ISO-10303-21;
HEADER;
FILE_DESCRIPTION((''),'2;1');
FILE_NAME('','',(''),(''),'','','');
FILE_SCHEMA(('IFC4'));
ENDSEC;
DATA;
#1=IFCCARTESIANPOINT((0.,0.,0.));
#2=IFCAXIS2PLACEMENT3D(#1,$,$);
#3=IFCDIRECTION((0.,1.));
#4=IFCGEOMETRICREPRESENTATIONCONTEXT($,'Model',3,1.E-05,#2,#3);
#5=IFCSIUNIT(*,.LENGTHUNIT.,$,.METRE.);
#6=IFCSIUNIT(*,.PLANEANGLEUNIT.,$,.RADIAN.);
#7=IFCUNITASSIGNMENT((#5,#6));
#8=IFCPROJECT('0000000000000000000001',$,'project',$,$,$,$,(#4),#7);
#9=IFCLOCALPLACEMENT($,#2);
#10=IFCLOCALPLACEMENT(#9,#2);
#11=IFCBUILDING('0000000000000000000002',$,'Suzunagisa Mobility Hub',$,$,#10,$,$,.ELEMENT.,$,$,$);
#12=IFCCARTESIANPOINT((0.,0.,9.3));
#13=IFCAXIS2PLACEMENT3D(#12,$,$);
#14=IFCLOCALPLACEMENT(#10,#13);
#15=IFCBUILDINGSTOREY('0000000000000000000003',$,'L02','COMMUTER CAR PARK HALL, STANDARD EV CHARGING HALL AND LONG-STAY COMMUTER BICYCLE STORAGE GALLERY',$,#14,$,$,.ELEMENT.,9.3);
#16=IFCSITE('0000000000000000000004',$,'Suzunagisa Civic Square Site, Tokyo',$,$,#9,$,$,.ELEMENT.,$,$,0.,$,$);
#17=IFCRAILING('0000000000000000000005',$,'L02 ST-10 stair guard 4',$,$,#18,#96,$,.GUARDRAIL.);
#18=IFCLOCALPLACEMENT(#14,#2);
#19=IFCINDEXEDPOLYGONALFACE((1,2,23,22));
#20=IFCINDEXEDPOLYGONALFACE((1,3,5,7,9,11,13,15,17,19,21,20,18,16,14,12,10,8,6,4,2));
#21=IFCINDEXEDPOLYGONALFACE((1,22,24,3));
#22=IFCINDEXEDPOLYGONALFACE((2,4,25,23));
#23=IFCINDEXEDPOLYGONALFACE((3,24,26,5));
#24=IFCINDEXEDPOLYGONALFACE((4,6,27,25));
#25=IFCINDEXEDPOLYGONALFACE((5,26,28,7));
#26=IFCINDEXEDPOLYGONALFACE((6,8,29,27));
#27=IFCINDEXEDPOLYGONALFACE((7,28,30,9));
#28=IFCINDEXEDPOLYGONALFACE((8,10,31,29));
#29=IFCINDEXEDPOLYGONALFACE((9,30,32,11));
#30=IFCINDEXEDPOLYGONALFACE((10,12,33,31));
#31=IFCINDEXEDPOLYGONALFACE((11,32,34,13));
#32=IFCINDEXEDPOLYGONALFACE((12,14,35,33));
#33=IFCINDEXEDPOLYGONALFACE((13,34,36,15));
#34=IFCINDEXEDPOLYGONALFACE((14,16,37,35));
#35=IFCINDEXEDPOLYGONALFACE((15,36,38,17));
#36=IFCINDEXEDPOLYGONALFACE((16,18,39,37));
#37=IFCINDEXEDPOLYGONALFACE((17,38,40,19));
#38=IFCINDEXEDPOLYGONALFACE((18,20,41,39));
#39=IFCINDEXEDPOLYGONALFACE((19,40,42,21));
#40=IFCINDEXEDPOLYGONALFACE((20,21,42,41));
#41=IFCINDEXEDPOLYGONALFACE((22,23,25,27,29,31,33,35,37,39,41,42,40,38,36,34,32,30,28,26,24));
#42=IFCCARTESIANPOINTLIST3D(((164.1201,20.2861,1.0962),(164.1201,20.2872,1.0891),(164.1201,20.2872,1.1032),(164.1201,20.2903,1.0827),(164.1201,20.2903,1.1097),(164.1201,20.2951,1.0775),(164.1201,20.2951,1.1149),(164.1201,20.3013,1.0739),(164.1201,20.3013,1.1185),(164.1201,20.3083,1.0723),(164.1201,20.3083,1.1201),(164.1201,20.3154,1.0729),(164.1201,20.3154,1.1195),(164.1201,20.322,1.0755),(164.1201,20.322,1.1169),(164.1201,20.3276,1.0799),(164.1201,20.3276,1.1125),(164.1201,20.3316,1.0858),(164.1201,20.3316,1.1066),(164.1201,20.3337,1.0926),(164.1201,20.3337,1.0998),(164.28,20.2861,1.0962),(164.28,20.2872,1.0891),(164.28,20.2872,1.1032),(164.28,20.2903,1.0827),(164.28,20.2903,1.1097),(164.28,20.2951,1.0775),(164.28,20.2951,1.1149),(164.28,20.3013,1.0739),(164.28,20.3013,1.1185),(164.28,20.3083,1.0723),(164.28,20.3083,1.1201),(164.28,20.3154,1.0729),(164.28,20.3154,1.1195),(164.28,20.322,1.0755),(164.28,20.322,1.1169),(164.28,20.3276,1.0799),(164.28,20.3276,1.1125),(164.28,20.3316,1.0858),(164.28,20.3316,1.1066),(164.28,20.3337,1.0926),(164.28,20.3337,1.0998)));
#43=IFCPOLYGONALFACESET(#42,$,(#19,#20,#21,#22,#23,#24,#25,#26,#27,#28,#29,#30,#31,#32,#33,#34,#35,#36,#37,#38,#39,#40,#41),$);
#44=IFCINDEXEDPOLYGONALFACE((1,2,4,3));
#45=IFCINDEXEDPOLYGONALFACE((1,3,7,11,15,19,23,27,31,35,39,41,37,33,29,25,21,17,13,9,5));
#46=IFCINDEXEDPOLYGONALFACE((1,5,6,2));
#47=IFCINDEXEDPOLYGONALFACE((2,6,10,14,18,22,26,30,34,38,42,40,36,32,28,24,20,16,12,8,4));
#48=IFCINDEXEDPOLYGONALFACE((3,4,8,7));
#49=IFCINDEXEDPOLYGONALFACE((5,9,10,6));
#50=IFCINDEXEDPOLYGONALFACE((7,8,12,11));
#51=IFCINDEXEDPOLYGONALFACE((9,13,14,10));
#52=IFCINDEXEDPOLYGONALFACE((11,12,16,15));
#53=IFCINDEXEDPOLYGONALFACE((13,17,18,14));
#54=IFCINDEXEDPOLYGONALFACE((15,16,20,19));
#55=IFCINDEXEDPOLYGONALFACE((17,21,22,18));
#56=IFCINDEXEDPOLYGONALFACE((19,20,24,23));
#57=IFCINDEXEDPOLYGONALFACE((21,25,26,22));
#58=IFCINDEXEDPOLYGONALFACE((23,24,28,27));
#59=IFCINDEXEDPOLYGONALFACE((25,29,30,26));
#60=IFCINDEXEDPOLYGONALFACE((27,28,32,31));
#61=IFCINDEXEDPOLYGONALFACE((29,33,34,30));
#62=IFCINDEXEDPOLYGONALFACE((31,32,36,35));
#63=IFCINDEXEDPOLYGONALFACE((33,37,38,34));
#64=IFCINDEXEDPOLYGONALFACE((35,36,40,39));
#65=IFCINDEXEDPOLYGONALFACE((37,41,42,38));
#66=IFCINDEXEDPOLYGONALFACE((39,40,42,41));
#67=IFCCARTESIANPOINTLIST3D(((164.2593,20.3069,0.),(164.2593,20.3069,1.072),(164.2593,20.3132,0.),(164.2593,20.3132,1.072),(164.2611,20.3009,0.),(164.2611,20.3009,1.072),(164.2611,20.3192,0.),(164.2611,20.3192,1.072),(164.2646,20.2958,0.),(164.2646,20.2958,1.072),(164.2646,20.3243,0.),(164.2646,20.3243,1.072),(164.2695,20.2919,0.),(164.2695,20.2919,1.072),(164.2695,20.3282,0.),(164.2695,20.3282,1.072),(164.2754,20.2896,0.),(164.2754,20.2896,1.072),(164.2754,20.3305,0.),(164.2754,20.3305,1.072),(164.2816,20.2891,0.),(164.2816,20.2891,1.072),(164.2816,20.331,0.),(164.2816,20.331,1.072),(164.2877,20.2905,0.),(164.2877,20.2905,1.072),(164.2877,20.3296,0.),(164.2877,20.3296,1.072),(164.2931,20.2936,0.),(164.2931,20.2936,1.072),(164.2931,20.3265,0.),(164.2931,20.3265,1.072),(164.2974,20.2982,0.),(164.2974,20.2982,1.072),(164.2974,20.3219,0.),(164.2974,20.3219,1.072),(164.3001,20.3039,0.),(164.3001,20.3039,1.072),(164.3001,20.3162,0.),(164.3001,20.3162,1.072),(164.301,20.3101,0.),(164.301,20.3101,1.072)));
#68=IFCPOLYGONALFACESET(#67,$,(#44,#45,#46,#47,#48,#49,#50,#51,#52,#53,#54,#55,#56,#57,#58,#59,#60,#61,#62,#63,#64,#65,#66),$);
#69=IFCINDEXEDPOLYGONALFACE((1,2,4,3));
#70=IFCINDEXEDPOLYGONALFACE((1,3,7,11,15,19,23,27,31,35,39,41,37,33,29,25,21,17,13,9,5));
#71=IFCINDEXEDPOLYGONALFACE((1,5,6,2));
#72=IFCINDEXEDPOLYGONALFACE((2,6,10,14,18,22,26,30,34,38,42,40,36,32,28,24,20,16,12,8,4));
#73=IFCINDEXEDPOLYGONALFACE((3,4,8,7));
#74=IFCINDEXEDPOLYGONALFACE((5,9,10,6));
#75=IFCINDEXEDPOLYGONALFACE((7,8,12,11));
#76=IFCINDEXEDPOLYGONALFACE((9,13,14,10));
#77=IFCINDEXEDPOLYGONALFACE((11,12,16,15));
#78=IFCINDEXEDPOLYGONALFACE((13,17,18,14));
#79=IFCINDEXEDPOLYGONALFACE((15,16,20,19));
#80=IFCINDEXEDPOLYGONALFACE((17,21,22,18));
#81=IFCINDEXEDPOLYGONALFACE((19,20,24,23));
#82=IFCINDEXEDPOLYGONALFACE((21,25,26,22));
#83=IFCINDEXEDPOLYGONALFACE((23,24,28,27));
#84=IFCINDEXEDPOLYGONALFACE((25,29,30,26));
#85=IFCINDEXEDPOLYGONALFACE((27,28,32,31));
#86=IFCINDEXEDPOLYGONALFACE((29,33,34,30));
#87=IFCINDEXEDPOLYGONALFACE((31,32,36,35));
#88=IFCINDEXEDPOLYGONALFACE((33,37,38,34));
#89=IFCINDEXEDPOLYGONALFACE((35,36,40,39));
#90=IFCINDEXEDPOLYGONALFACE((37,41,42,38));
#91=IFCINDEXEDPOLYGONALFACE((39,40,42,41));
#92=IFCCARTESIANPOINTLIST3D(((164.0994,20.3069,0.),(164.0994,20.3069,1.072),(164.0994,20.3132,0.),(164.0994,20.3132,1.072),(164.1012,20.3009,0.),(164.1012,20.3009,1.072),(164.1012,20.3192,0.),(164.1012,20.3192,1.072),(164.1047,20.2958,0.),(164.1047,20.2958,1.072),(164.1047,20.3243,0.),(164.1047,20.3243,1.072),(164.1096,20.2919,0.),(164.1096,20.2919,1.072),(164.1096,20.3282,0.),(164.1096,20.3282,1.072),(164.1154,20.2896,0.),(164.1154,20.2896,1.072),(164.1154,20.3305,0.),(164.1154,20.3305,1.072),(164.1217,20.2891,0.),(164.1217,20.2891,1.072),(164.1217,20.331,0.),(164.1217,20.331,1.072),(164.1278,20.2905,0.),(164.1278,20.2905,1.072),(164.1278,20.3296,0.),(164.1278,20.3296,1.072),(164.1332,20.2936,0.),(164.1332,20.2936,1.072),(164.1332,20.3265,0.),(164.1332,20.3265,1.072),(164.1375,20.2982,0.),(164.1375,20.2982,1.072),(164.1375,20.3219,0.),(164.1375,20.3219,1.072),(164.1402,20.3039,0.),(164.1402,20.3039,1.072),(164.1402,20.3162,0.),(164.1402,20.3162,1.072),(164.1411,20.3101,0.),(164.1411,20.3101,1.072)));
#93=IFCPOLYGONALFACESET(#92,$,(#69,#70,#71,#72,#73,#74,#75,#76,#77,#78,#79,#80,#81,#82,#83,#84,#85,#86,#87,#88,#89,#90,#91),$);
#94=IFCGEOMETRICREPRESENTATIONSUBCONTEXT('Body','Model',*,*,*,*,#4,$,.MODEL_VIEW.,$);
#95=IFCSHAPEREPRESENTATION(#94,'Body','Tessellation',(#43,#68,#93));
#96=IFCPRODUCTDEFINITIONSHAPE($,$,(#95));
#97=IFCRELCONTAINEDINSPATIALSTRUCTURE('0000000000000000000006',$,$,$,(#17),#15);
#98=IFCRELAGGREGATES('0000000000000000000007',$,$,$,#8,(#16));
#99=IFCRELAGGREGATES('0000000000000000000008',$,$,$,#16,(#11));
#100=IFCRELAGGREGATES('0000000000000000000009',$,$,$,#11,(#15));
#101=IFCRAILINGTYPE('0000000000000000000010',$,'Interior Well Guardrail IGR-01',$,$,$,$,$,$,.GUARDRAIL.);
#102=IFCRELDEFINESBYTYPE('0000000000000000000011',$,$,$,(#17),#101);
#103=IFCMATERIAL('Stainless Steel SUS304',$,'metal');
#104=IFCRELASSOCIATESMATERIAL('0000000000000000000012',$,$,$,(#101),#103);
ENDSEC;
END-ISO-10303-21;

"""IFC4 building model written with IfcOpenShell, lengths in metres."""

from ifc_helpers import new_model, si_unit, direction, frame, origin, origin_2d, place, context, subcontext, project, spatial, circle, extrude, material, type_object, element, save


model = new_model("IFC4")

# Units and contexts
model_context = context("Model", 3, precision=1e-05, world=origin(), true_north=direction((0.0, 1.0)))
body_context = subcontext(model_context, "Body", "Model", "MODEL_VIEW")
ifc_project = project(units=[si_unit("LENGTHUNIT", "METRE"), si_unit("PLANEANGLEUNIT", "RADIAN")], contexts=[model_context])

# Site, building, storey
site_placement = place(None, origin())
site = spatial("IfcSite", under=ifc_project, at=site_placement, Name="Suzunagisa Civic Square Site, Tokyo", CompositionType="ELEMENT", RefElevation=0.0)
building_placement = place(site_placement, origin())
building = spatial("IfcBuilding", under=site, at=building_placement, Name="Suzunagisa Mobility Hub", CompositionType="ELEMENT")
storey_placement = place(building_placement, frame((0.0, 0.0, 9.3)))
storey = spatial("IfcBuildingStorey", under=building, at=storey_placement, Name="L02", Description="COMMUTER CAR PARK HALL, STANDARD EV CHARGING HALL AND LONG-STAY COMMUTER BICYCLE STORAGE GALLERY", CompositionType="ELEMENT", Elevation=9.3)

# Railing
ifc_material_1 = material(Name="Stainless Steel SUS304", Category="metal")
railing_type_1 = type_object("IfcRailingType", Name="Interior Well Guardrail IGR-01", PredefinedType="GUARDRAIL", material=ifc_material_1)
railing_1_placement = place(storey_placement, frame((164.28, 20.3101, 0.0)))
element("IfcRailing", 1, at=railing_1_placement, inside=storey, type_object=railing_type_1, Name="L02 ST-10 stair guard 4", PredefinedType="GUARDRAIL", context=body_context, shape_type="SweptSolid", body=[
    extrude(circle(Radius=0.0239, at=origin_2d()), frame((0.0, 0.0, 1.0962), z_axis=(-1.0, 0.0, 0.0), x_axis=(0.0, -1.0, 0.0)), (0.0, 0.0, 1.0), 0.1599),
    extrude(circle(Radius=0.021, at=origin_2d()), origin(), (0.0, 0.0, 1.0), 1.072),
    extrude(circle(Radius=0.021, at=origin_2d()), frame((-0.1599, 0.0, 0.0)), (0.0, 0.0, 1.0), 1.072),
])

save(model, "model.ifc")
